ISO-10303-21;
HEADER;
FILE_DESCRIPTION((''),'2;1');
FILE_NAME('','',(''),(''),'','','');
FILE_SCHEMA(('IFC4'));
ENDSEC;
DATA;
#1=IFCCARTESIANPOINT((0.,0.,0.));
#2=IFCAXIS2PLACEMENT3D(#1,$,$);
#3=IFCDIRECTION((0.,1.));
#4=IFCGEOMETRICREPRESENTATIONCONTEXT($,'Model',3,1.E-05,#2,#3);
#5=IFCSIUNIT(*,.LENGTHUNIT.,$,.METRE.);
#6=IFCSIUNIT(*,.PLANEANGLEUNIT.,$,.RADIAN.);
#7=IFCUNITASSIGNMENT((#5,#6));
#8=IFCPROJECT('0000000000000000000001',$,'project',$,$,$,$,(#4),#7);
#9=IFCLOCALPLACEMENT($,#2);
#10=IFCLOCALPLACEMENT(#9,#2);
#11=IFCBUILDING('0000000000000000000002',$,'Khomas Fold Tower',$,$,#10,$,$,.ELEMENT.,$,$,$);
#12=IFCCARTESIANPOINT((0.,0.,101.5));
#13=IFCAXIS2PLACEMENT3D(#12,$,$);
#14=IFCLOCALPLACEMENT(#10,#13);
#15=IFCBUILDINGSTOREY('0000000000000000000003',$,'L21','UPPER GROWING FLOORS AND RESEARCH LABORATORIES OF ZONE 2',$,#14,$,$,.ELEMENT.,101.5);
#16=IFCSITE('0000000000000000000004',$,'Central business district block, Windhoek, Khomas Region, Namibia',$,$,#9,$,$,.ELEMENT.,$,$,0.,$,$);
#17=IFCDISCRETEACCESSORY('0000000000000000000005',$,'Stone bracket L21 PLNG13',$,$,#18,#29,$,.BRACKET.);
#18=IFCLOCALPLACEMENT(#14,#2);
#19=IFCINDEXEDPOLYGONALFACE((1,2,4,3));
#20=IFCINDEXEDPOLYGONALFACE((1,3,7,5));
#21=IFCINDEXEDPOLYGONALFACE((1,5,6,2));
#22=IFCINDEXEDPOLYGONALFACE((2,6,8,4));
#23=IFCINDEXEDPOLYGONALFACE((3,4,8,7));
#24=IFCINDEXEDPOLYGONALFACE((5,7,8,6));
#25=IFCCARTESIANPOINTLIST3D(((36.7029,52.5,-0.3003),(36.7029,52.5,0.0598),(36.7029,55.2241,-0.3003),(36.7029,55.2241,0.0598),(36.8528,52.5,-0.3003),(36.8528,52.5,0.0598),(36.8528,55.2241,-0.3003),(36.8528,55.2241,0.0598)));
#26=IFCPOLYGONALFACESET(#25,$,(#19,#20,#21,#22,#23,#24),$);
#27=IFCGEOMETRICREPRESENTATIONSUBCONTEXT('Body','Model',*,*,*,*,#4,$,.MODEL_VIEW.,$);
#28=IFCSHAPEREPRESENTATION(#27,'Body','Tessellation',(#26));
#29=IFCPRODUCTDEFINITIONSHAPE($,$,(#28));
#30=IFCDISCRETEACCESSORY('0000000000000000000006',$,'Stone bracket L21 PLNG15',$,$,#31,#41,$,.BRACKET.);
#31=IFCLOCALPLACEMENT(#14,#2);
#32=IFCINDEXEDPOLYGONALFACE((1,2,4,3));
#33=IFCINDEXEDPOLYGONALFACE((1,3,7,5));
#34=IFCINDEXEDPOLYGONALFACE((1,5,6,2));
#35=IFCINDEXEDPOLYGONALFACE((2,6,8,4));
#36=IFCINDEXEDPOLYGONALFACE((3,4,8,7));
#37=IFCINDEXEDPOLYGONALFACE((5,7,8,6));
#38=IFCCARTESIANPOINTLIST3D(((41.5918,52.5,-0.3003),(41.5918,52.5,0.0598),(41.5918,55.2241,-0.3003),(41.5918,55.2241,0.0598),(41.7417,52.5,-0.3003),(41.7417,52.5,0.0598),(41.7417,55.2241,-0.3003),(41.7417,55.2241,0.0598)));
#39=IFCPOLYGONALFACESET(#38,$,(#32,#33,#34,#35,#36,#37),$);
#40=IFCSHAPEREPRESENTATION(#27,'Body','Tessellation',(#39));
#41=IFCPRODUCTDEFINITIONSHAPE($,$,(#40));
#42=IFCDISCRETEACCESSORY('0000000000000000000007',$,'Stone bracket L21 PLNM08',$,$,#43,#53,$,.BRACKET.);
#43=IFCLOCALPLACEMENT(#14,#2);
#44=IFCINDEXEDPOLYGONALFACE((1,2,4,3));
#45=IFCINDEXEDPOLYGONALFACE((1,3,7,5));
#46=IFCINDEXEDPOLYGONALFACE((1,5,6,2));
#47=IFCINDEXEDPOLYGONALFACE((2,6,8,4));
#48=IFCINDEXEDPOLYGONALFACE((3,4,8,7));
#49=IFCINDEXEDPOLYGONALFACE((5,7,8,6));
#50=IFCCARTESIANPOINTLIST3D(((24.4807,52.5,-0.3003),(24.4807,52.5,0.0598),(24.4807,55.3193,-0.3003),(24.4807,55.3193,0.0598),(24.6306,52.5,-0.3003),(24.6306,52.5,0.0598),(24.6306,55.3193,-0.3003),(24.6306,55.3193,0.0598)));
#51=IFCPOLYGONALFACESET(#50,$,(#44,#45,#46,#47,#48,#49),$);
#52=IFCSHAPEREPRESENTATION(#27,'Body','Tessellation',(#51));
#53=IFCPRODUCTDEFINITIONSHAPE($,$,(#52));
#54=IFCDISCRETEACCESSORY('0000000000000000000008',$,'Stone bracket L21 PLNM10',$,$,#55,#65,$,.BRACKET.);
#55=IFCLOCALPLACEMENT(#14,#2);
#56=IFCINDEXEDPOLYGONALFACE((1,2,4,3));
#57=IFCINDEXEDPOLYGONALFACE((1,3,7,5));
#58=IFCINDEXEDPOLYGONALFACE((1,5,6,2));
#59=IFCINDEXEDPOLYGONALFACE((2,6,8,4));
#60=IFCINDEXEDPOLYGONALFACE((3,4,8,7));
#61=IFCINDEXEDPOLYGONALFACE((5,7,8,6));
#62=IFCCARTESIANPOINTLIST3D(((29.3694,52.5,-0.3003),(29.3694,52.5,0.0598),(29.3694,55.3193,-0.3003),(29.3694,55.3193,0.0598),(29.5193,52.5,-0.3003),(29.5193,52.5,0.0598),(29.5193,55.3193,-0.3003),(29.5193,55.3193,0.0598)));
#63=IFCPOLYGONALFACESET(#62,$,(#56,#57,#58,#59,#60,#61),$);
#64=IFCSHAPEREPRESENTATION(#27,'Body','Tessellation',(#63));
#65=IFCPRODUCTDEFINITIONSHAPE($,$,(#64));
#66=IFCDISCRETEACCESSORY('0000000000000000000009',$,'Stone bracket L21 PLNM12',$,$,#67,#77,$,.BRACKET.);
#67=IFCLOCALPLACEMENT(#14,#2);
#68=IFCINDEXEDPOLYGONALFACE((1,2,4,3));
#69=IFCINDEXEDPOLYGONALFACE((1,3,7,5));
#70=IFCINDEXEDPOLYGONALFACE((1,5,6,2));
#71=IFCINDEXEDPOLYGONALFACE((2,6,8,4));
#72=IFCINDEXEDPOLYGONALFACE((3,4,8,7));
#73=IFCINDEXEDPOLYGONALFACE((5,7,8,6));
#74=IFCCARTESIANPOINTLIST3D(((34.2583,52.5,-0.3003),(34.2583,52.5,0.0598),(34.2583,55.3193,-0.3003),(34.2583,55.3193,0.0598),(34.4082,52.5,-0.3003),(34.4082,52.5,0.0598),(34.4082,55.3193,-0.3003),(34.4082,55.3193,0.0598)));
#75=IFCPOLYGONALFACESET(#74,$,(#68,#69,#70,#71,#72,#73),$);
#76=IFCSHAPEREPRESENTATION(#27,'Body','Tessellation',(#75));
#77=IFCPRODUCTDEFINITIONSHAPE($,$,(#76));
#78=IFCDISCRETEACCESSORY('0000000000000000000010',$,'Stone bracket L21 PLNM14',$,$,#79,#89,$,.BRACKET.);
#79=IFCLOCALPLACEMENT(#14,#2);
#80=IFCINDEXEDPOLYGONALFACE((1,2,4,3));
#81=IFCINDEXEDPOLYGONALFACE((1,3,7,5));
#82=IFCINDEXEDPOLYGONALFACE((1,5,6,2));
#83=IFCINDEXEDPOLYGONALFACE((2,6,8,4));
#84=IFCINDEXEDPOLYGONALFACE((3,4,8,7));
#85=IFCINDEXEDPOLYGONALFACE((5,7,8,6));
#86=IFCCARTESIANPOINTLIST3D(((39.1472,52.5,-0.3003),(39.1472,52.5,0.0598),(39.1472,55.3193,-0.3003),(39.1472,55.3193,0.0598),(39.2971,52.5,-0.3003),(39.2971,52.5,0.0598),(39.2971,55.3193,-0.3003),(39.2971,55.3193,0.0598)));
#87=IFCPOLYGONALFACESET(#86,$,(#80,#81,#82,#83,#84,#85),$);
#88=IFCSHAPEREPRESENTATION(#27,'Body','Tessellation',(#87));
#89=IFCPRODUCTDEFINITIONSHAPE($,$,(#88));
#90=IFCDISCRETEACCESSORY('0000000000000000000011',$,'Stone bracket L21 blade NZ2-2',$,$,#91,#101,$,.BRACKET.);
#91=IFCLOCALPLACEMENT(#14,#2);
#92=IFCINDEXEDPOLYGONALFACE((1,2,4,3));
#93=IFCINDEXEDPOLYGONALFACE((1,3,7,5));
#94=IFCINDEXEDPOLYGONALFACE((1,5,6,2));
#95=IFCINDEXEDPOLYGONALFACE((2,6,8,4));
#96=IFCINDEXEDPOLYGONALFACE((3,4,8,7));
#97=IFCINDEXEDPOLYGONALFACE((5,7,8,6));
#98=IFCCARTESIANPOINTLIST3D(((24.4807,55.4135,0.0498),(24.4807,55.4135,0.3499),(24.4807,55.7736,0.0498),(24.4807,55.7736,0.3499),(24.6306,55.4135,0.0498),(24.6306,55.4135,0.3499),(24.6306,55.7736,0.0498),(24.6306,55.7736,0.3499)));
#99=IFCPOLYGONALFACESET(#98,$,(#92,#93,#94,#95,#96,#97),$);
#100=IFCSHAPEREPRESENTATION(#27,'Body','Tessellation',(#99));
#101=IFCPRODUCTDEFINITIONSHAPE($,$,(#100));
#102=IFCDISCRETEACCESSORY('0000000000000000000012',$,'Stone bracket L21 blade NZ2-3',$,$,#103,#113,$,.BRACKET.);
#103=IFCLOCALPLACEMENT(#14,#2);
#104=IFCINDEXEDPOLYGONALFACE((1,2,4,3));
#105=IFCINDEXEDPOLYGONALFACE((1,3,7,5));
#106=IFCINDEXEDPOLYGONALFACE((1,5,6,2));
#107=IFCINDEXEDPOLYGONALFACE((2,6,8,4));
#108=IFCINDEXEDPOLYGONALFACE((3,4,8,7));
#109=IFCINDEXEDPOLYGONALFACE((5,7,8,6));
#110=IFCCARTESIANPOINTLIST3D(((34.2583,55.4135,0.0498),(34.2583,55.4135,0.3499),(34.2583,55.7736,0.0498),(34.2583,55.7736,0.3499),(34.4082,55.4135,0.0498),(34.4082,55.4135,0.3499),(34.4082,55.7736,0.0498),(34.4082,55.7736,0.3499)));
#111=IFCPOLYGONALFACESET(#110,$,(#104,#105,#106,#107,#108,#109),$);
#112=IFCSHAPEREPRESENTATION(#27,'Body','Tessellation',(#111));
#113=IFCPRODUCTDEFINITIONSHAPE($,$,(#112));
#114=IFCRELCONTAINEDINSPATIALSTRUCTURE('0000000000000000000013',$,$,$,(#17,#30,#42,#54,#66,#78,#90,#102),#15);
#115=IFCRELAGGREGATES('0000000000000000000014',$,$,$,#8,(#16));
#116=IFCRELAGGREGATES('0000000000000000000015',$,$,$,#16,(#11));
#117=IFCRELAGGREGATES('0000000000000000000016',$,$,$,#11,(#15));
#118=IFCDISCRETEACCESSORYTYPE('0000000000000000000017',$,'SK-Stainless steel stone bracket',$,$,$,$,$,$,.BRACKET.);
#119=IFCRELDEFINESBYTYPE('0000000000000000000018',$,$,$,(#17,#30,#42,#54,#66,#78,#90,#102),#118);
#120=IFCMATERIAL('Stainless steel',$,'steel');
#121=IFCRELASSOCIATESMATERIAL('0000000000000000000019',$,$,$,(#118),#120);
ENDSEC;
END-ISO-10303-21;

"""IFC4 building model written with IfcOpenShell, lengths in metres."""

from ifc_helpers import new_model, si_unit, direction, frame, origin, origin_2d, place, context, subcontext, project, spatial, rectangle, extrude, source, transform, mapped, material, type_object, element, save


model = new_model("IFC4")

# Units and contexts
model_context = context("Model", 3, precision=1e-05, world=origin(), true_north=direction((0.0, 1.0)))
body_context = subcontext(model_context, "Body", "Model", "MODEL_VIEW")
ifc_project = project(units=[si_unit("LENGTHUNIT", "METRE"), si_unit("PLANEANGLEUNIT", "RADIAN")], contexts=[model_context])

# Site, building, storey
site_placement = place(None, origin())
site = spatial("IfcSite", under=ifc_project, at=site_placement, Name="Central business district block, Windhoek, Khomas Region, Namibia", CompositionType="ELEMENT", RefElevation=0.0)
building_placement = place(site_placement, origin())
building = spatial("IfcBuilding", under=site, at=building_placement, Name="Khomas Fold Tower", CompositionType="ELEMENT")
storey_placement = place(building_placement, frame((0.0, 0.0, 101.5)))
storey = spatial("IfcBuildingStorey", under=building, at=storey_placement, Name="L21", Description="UPPER GROWING FLOORS AND RESEARCH LABORATORIES OF ZONE 2", CompositionType="ELEMENT", Elevation=101.5)

# Discrete accessories
ifc_material_1 = material(Name="Stainless steel", Category="steel")
discrete_accessory_type = type_object("IfcDiscreteAccessoryType", Name="SK-Stainless steel stone bracket", PredefinedType="BRACKET", material=ifc_material_1)
shared_shape_1 = source(origin(), body_context, "Body", "SweptSolid", [
    extrude(rectangle(XDim=2.7241, YDim=0.1499, at=origin_2d()), origin(), (0.0, 0.0, 1.0), 0.3601),
])
for number, where, z_axis, x_axis, name in (
    (1, (36.7778, 53.8621, -0.3003), (0.0, 0.0, 1.0), (0.0, 1.0, 0.0), "Stone bracket L21 PLNG13"),
    (2, (41.6667, 53.8621, -0.3003), (0.0, 0.0, 1.0), (0.0, 1.0, 0.0), "Stone bracket L21 PLNG15"),
):
    element("IfcDiscreteAccessory", number, at=place(storey_placement, frame(where, z_axis=z_axis, x_axis=x_axis)), inside=storey, type_object=discrete_accessory_type, Name=name, PredefinedType="BRACKET", context=body_context, shape_type="MappedRepresentation", body=[
        mapped(shared_shape_1, transform((0.0, 0.0, 0.0))),
    ])
shared_shape_2 = source(origin(), body_context, "Body", "SweptSolid", [
    extrude(rectangle(XDim=2.8193, YDim=0.1499, at=origin_2d()), origin(), (0.0, 0.0, 1.0), 0.3601),
])
for number, where, z_axis, x_axis, name in (
    (3, (24.5557, 53.9097, -0.3003), (0.0, 0.0, 1.0), (0.0, 1.0, 0.0), "Stone bracket L21 PLNM08"),
    (4, (29.4443, 53.9097, -0.3003), (0.0, 0.0, 1.0), (0.0, 1.0, 0.0), "Stone bracket L21 PLNM10"),
    (5, (34.3333, 53.9097, -0.3003), (0.0, 0.0, 1.0), (0.0, 1.0, 0.0), "Stone bracket L21 PLNM12"),
    (6, (39.2222, 53.9097, -0.3003), (0.0, 0.0, 1.0), (0.0, 1.0, 0.0), "Stone bracket L21 PLNM14"),
):
    element("IfcDiscreteAccessory", number, at=place(storey_placement, frame(where, z_axis=z_axis, x_axis=x_axis)), inside=storey, type_object=discrete_accessory_type, Name=name, PredefinedType="BRACKET", context=body_context, shape_type="MappedRepresentation", body=[
        mapped(shared_shape_2, transform((0.0, 0.0, 0.0))),
    ])
shared_shape_3 = source(origin(), body_context, "Body", "SweptSolid", [
    extrude(rectangle(XDim=0.3601, YDim=0.1499, at=origin_2d()), origin(), (0.0, 0.0, 1.0), 0.3),
])
for number, where, z_axis, x_axis, name in (
    (7, (24.5557, 55.5935, 0.0498), (0.0, 0.0, 1.0), (0.0, 1.0, 0.0), "Stone bracket L21 blade NZ2-2"),
    (8, (34.3333, 55.5935, 0.0498), (0.0, 0.0, 1.0), (0.0, 1.0, 0.0), "Stone bracket L21 blade NZ2-3"),
):
    element("IfcDiscreteAccessory", number, at=place(storey_placement, frame(where, z_axis=z_axis, x_axis=x_axis)), inside=storey, type_object=discrete_accessory_type, Name=name, PredefinedType="BRACKET", context=body_context, shape_type="MappedRepresentation", body=[
        mapped(shared_shape_3, transform((0.0, 0.0, 0.0))),
    ])

save(model, "model.ifc")
